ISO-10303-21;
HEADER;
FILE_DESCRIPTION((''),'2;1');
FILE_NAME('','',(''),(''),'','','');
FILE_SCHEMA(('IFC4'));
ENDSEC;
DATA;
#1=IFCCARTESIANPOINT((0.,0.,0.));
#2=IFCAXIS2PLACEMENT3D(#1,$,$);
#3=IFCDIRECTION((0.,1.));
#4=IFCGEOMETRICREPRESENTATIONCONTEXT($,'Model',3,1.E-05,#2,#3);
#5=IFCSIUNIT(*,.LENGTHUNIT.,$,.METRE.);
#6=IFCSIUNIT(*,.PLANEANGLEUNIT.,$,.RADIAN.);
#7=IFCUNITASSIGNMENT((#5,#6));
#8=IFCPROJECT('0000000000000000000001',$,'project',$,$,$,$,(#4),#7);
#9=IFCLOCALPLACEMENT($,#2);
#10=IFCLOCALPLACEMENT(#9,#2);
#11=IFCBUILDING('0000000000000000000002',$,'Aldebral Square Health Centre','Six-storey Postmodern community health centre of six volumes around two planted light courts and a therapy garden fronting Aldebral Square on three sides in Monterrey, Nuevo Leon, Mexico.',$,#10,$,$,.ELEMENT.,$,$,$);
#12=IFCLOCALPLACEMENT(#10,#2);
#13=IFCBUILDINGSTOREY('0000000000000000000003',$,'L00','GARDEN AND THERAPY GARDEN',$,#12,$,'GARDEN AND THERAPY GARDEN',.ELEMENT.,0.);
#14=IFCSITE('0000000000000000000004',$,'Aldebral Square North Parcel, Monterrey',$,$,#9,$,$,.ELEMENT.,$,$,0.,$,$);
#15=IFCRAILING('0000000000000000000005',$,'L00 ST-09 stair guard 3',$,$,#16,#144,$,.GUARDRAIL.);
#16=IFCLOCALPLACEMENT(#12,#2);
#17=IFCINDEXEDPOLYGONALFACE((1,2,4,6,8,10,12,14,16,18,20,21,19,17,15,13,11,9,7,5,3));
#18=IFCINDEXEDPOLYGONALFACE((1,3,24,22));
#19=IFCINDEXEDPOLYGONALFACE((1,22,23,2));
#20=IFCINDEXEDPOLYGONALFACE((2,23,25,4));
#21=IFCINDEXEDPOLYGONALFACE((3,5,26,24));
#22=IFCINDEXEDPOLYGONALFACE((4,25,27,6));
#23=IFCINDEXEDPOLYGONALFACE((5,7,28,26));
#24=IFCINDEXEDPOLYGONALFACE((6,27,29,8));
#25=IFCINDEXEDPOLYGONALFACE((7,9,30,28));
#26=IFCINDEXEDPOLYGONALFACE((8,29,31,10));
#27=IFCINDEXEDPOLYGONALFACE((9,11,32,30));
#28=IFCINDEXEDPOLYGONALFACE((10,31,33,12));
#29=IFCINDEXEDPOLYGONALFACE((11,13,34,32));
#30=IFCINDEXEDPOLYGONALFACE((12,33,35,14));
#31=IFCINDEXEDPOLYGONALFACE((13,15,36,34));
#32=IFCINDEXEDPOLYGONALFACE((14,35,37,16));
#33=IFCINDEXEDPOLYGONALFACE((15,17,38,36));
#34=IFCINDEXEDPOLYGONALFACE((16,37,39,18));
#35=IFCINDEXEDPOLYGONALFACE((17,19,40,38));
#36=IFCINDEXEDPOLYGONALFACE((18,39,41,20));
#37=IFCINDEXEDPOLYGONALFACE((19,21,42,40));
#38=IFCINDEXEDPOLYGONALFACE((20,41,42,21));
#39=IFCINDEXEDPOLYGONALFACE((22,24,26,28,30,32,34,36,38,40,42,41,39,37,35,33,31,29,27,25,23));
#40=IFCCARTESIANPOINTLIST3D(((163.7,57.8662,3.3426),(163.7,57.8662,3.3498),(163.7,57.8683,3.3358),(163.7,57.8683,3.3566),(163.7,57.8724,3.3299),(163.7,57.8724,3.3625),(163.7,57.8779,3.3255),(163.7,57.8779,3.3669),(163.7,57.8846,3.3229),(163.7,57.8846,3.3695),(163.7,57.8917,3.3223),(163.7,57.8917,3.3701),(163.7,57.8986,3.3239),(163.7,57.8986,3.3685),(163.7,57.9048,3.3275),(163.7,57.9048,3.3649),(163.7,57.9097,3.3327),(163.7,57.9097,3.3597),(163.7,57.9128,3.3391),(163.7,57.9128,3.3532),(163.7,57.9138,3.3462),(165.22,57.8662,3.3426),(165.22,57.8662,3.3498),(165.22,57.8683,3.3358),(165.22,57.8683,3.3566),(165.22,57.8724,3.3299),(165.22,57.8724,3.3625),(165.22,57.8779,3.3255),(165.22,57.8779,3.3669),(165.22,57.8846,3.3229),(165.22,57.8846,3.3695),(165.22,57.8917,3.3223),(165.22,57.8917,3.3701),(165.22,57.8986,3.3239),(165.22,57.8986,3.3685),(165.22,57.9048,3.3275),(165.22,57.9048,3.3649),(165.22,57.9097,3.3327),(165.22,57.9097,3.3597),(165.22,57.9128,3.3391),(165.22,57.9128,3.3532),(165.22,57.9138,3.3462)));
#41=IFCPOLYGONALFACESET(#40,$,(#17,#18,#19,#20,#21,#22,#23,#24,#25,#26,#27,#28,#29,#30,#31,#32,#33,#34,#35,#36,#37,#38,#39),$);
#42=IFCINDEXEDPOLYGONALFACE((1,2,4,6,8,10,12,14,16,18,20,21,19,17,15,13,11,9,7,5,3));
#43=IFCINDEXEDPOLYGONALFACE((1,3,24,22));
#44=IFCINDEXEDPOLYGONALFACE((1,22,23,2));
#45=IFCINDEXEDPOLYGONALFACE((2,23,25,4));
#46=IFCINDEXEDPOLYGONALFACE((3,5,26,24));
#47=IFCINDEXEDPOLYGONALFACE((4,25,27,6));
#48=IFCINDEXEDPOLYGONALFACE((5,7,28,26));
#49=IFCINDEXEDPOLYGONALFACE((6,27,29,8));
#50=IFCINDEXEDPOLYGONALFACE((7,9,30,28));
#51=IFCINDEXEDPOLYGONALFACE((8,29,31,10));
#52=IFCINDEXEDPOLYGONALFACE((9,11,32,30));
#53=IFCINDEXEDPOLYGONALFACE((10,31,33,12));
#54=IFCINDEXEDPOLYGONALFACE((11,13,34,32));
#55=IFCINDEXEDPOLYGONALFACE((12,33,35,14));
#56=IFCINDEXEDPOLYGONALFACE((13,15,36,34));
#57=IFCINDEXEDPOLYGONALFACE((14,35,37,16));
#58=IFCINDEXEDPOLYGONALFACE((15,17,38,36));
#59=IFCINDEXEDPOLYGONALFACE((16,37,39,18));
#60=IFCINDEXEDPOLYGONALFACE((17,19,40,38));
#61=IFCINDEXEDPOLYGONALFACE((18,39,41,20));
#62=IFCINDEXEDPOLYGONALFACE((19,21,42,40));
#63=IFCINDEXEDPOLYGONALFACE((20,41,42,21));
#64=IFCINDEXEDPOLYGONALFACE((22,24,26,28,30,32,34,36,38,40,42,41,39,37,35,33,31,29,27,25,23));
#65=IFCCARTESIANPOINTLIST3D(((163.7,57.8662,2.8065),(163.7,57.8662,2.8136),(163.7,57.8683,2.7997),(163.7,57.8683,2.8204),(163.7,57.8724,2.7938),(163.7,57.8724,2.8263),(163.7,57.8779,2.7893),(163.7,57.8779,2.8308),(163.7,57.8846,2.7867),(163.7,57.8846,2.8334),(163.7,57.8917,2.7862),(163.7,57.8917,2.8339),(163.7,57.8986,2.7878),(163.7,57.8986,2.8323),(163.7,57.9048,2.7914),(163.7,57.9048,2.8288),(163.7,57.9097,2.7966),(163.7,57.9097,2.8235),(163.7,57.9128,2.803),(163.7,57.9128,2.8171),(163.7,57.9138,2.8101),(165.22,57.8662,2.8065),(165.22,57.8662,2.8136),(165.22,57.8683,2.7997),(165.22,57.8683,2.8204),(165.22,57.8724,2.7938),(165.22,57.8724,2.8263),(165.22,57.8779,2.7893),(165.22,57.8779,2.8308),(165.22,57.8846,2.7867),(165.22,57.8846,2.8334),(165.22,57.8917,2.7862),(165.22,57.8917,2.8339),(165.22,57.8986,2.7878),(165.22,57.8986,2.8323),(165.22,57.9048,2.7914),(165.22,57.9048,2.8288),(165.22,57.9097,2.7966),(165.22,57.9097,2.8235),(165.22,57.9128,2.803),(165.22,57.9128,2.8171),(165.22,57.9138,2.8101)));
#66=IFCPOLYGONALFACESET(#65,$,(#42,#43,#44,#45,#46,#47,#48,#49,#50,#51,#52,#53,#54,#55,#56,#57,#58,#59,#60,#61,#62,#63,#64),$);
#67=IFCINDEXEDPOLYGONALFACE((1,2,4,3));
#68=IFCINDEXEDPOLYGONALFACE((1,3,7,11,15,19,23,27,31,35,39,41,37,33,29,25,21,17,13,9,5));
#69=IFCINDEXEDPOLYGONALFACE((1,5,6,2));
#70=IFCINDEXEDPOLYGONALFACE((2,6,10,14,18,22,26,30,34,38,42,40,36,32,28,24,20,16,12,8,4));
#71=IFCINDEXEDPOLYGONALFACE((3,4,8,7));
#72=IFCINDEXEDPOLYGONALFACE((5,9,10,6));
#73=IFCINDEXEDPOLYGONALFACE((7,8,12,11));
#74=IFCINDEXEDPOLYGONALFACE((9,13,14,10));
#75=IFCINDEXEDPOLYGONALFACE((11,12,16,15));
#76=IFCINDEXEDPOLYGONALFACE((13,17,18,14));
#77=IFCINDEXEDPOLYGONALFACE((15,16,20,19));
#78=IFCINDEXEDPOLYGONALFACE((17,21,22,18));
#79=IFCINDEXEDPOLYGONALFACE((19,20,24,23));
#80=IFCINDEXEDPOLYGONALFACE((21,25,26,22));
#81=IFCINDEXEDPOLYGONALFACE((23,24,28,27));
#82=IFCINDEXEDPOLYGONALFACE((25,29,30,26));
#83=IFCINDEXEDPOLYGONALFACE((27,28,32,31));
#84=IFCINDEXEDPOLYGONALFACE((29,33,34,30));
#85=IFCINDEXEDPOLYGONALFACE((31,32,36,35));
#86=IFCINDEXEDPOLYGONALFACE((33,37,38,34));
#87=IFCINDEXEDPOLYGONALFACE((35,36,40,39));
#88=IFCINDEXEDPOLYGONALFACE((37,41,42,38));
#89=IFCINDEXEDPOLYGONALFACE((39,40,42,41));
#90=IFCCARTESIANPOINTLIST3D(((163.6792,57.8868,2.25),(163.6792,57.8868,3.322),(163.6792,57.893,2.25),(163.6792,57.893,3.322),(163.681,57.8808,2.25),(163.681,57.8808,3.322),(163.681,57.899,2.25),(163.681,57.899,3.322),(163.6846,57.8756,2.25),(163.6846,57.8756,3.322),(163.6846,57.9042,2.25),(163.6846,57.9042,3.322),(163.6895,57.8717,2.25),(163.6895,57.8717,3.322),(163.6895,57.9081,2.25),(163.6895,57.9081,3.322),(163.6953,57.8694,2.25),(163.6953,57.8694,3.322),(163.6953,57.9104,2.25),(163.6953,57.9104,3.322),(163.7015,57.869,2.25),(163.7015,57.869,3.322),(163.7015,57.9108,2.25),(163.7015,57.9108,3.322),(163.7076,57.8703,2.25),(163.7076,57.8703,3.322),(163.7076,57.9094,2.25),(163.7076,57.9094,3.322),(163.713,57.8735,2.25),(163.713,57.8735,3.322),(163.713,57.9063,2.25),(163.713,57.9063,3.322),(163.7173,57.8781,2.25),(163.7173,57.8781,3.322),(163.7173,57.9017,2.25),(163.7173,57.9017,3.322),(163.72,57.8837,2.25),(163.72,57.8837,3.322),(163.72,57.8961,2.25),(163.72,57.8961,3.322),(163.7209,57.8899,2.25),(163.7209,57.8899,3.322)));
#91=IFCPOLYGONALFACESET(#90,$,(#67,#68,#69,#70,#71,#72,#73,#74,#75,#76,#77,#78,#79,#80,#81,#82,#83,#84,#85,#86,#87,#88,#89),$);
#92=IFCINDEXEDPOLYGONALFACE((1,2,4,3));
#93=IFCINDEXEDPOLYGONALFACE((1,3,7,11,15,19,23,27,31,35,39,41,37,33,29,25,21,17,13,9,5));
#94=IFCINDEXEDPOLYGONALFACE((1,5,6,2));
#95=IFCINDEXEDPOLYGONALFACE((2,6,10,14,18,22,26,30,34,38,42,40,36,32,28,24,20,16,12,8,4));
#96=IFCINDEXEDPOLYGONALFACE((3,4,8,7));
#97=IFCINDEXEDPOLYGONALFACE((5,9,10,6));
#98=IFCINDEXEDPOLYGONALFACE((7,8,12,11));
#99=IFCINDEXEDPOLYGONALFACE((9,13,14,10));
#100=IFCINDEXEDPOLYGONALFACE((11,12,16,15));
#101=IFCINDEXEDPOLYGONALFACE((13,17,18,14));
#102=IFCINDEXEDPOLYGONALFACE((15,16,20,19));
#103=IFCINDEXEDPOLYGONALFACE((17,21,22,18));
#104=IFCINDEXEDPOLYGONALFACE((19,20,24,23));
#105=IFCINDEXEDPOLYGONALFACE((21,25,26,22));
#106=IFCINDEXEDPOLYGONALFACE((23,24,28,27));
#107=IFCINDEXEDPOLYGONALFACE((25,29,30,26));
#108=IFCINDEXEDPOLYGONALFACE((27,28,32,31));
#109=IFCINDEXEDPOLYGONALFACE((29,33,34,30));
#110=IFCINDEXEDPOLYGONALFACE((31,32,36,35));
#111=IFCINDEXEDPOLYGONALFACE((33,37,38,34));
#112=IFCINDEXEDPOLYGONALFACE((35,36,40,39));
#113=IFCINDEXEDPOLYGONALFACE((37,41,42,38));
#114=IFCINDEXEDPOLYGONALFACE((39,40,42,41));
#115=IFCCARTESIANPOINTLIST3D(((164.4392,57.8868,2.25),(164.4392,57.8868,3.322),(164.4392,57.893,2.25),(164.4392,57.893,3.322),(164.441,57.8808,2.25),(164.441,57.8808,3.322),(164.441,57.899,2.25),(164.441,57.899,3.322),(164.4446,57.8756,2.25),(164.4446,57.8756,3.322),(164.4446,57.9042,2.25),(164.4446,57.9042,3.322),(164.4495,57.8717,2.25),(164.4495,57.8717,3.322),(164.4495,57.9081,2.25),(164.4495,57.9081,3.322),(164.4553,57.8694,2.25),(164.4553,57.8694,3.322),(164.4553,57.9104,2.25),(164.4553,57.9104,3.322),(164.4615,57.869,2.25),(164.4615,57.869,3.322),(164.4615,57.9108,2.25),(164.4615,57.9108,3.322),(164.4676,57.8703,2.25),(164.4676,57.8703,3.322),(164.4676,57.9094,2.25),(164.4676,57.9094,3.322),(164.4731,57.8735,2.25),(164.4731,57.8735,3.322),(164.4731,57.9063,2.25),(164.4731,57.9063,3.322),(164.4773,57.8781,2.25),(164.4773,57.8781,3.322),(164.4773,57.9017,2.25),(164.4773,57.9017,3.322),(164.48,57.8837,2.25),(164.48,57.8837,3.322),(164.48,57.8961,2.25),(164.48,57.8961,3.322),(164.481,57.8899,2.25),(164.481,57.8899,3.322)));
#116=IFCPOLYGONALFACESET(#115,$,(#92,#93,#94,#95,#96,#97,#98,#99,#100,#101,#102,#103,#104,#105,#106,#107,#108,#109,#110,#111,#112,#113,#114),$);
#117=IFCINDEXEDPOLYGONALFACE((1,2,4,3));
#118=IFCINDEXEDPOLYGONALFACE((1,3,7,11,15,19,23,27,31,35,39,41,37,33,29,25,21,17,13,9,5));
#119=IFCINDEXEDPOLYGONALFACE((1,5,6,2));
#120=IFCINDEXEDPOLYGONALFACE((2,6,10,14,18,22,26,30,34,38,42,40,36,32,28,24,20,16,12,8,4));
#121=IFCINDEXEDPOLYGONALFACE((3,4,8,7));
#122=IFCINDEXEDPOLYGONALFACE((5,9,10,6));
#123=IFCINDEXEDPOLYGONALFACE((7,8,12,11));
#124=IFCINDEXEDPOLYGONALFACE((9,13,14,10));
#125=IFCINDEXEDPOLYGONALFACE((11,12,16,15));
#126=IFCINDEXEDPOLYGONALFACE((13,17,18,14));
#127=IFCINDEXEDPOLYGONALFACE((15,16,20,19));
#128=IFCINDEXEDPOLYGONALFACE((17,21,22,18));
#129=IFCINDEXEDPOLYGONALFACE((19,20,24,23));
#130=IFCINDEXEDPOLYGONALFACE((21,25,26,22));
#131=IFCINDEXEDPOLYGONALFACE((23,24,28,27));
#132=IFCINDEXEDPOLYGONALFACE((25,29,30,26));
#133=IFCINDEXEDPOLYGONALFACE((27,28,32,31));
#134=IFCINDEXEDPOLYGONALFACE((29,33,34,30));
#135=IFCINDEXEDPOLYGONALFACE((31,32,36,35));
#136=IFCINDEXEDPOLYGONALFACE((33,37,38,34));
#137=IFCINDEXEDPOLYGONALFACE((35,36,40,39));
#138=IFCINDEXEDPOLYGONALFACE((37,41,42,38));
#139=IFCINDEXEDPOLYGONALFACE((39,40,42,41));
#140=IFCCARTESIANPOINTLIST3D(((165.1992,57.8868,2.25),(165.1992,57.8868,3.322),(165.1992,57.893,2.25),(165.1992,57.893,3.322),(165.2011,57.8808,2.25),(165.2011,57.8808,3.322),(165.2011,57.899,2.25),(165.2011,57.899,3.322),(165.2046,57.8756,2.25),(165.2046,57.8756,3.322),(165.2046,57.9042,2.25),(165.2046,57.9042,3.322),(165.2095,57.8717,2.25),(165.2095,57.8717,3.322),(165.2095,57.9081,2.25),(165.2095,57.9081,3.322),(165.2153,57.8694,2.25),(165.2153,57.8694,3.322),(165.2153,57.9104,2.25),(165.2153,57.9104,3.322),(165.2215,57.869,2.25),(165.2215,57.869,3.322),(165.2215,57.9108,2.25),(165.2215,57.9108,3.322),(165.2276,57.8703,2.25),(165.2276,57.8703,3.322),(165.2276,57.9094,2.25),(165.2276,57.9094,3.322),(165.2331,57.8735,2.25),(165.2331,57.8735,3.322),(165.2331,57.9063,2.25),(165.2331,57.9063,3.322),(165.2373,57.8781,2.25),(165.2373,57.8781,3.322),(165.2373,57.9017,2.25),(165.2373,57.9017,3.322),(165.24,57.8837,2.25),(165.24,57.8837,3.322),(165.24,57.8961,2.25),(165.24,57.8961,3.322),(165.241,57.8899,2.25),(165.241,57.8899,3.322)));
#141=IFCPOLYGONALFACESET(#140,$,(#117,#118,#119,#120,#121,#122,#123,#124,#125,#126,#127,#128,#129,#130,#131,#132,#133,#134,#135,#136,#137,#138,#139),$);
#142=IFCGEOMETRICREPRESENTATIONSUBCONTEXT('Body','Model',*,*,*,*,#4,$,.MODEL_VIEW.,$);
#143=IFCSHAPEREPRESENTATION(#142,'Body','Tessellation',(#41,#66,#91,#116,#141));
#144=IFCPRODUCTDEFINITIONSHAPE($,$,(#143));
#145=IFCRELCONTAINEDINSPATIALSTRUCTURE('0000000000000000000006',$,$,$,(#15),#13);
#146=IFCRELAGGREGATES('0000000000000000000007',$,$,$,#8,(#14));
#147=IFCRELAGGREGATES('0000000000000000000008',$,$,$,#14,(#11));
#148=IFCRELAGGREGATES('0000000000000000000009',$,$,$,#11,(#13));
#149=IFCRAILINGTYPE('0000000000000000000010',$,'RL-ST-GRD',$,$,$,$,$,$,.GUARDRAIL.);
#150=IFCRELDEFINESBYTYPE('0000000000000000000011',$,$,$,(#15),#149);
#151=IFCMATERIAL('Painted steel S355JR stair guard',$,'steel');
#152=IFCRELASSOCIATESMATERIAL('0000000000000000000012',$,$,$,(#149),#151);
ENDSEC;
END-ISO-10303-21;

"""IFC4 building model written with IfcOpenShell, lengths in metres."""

from ifc_helpers import new_model, si_unit, direction, frame, origin, origin_2d, place, context, subcontext, project, spatial, circle, extrude, material, type_object, element, save


model = new_model("IFC4")

# Units and contexts
model_context = context("Model", 3, precision=1e-05, world=origin(), true_north=direction((0.0, 1.0)))
body_context = subcontext(model_context, "Body", "Model", "MODEL_VIEW")
ifc_project = project(units=[si_unit("LENGTHUNIT", "METRE"), si_unit("PLANEANGLEUNIT", "RADIAN")], contexts=[model_context])

# Site, building, storey
site_placement = place(None, origin())
site = spatial("IfcSite", under=ifc_project, at=site_placement, Name="Aldebral Square North Parcel, Monterrey", CompositionType="ELEMENT", RefElevation=0.0)
building_placement = place(site_placement, origin())
building = spatial("IfcBuilding", under=site, at=building_placement, Name="Aldebral Square Health Centre", Description="Six-storey Postmodern community health centre of six volumes around two planted light courts and a therapy garden fronting Aldebral Square on three sides in Monterrey, Nuevo Leon, Mexico.", CompositionType="ELEMENT")
storey_placement = place(building_placement, origin())
storey = spatial("IfcBuildingStorey", under=building, at=storey_placement, Name="L00", Description="GARDEN AND THERAPY GARDEN", LongName="GARDEN AND THERAPY GARDEN", CompositionType="ELEMENT", Elevation=0.0)

# Railing
ifc_material_1 = material(Name="Painted steel S355JR stair guard", Category="steel")
railing_type_1 = type_object("IfcRailingType", Name="RL-ST-GRD", PredefinedType="GUARDRAIL", material=ifc_material_1)
for number, where, name in (
    (1, (163.7, 57.8899, 2.25), "L00 ST-09 stair guard 3"),
):
    element("IfcRailing", number, at=place(storey_placement, frame(where)), inside=storey, type_object=railing_type_1, Name=name, PredefinedType="GUARDRAIL", context=body_context, shape_type="SweptSolid", body=[
        extrude(circle(Radius=0.0239, at=origin_2d()), frame((0.0, 0.0, 1.0962), z_axis=(1.0, 0.0, 0.0), x_axis=(0.0, 1.0, 0.0)), (0.0, 0.0, 1.0), 1.52),
        extrude(circle(Radius=0.0239, at=origin_2d()), frame((0.0, 0.0, 0.5601), z_axis=(1.0, 0.0, 0.0), x_axis=(0.0, 1.0, 0.0)), (0.0, 0.0, 1.0), 1.52),
        extrude(circle(Radius=0.021, at=origin_2d()), origin(), (0.0, 0.0, 1.0), 1.072),
        extrude(circle(Radius=0.021, at=origin_2d()), frame((0.76, 0.0, 0.0)), (0.0, 0.0, 1.0), 1.072),
        extrude(circle(Radius=0.021, at=origin_2d()), frame((1.52, 0.0, 0.0)), (0.0, 0.0, 1.0), 1.072),
    ])

save(model, "model.ifc")
